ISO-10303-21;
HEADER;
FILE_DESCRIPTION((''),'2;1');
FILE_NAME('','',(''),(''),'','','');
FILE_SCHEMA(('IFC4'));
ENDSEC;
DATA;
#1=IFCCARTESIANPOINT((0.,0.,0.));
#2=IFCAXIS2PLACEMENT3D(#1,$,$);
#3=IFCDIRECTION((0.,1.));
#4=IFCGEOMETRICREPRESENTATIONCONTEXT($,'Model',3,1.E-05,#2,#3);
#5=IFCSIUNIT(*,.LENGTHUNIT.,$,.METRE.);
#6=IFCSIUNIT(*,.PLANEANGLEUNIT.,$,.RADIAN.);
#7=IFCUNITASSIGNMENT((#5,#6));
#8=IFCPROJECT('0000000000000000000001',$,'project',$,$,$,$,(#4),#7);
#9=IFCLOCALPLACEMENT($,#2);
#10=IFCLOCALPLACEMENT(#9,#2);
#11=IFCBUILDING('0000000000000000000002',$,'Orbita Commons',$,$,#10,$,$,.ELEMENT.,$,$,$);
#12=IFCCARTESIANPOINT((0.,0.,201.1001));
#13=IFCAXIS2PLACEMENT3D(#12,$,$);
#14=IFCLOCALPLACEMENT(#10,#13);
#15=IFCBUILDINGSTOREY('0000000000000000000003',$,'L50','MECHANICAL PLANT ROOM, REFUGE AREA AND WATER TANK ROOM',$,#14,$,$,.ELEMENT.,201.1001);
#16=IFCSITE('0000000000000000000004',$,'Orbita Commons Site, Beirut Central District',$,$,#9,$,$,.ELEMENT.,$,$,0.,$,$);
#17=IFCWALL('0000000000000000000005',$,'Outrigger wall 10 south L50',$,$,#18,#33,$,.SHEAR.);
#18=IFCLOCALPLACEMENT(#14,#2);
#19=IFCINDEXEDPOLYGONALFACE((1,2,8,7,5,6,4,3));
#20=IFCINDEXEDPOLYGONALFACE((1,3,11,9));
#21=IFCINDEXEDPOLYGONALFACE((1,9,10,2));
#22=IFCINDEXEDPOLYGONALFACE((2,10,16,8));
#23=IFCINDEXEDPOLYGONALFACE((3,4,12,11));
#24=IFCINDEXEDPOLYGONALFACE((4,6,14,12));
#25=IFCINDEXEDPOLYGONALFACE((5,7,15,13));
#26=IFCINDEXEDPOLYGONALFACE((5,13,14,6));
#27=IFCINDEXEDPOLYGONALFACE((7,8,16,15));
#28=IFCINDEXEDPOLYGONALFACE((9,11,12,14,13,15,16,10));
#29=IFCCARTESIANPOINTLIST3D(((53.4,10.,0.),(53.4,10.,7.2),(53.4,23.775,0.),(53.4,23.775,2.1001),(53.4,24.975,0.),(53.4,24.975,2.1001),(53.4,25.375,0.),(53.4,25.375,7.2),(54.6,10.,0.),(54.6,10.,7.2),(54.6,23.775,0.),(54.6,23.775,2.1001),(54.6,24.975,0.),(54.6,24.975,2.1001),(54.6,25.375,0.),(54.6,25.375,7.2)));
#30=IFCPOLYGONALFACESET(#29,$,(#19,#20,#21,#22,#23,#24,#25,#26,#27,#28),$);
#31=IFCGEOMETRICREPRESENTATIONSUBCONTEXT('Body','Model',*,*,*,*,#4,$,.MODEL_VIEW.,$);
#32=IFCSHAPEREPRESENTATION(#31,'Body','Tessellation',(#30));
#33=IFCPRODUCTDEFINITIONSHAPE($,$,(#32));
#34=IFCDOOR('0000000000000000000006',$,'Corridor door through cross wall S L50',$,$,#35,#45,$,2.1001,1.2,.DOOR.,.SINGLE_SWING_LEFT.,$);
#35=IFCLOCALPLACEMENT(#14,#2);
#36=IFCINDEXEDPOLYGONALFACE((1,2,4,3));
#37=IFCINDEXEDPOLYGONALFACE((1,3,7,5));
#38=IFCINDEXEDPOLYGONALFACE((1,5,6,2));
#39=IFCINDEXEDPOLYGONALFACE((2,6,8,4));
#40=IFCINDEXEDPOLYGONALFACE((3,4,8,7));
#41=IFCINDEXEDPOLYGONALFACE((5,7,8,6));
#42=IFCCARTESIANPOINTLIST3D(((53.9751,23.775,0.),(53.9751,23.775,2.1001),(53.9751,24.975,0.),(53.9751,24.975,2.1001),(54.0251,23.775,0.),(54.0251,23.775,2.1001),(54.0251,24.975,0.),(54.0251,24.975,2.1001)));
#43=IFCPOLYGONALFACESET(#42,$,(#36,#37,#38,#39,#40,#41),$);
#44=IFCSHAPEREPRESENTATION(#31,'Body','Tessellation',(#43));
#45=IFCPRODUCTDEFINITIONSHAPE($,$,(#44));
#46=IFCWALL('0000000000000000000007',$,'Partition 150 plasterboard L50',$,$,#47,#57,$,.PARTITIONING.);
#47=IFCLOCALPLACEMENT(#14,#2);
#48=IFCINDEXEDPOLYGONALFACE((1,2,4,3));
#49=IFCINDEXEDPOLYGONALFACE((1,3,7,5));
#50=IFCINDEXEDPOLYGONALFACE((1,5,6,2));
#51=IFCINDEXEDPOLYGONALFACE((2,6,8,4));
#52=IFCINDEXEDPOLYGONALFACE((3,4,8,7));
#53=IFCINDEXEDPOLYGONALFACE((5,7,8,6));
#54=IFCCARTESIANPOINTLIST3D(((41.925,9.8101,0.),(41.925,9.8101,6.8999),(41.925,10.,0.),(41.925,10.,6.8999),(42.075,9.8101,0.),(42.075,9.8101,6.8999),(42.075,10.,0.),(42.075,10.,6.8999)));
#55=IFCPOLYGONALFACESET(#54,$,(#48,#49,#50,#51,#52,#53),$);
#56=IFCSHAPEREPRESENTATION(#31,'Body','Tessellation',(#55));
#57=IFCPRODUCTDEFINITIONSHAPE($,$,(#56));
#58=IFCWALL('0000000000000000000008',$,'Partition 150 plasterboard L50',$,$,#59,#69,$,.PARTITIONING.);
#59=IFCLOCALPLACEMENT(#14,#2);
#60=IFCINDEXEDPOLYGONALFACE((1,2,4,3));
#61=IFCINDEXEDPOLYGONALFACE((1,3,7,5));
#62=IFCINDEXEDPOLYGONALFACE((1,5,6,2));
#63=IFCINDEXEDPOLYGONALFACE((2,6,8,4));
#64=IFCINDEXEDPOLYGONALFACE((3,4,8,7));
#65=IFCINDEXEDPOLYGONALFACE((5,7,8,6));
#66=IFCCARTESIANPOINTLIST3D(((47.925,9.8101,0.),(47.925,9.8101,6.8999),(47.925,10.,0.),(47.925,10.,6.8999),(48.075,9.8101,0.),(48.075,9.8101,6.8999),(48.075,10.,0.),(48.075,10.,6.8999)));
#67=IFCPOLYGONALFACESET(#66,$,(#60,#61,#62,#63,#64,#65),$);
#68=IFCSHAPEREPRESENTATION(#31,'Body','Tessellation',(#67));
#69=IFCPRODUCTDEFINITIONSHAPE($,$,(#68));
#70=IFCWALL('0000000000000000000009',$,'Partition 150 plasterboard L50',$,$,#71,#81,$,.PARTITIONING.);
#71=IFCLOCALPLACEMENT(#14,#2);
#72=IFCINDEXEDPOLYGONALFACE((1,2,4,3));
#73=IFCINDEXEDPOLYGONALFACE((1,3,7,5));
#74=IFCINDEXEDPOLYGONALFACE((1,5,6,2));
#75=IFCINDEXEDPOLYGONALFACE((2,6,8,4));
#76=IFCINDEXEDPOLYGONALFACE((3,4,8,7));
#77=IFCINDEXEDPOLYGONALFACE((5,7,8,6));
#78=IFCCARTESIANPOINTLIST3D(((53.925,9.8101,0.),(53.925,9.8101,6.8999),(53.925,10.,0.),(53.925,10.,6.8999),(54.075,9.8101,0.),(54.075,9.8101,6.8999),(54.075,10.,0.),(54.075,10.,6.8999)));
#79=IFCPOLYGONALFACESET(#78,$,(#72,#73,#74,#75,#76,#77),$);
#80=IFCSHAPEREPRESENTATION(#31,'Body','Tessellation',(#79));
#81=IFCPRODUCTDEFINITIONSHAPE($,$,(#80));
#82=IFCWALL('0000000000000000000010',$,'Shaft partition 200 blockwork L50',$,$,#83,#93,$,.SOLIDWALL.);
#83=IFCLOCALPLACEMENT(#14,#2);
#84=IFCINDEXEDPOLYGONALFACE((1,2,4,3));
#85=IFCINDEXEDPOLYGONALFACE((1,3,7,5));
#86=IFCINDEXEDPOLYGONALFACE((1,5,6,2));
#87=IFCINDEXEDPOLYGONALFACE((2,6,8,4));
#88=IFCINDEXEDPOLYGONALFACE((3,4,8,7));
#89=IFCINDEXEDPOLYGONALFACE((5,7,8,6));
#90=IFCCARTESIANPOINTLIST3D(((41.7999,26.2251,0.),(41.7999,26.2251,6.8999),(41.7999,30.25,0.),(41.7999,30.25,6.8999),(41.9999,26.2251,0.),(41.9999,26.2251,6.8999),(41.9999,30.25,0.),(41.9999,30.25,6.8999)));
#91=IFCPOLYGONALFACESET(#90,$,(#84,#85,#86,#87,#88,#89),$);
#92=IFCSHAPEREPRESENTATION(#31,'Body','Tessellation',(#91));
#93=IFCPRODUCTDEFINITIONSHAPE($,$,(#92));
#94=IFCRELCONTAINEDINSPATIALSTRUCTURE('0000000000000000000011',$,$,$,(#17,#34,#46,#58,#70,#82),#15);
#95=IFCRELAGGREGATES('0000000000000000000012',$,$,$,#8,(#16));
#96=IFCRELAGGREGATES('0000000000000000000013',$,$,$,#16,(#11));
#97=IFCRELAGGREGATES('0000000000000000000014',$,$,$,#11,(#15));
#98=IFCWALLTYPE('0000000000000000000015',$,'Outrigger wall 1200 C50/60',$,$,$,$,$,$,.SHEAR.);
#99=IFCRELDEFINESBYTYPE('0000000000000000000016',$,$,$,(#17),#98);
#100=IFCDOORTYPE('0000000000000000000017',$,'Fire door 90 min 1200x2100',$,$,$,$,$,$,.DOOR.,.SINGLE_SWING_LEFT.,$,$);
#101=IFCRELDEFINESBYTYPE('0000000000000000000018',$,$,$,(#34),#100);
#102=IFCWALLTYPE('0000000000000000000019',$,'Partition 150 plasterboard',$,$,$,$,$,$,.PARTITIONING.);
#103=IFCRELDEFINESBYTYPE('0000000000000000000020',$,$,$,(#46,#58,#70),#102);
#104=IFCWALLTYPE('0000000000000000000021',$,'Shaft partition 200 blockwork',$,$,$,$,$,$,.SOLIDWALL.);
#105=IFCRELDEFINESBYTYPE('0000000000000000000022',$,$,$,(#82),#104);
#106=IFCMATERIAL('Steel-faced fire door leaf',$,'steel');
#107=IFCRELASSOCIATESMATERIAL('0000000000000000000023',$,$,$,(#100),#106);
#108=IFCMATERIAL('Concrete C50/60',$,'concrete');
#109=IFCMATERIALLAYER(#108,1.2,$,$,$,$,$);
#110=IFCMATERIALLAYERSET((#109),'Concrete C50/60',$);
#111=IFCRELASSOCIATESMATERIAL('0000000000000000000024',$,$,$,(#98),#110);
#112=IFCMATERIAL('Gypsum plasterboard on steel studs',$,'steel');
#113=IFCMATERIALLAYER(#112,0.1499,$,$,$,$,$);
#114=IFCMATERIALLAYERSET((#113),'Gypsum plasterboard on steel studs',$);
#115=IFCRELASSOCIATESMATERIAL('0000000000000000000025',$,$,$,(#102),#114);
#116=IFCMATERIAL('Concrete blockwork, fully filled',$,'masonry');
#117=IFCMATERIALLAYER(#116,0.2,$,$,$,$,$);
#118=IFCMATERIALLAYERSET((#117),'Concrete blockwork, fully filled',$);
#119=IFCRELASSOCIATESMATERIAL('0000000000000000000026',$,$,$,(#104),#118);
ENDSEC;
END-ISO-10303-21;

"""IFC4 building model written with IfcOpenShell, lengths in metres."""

from ifc_helpers import new_model, si_unit, direction, frame, frame_2d, origin, place, context, subcontext, project, spatial, rectangle, extrude, material, layer, layer_set, type_object, element, fill, save


model = new_model("IFC4")

# Units and contexts
model_context = context("Model", 3, precision=1e-05, world=origin(), true_north=direction((0.0, 1.0)))
body_context = subcontext(model_context, "Body", "Model", "MODEL_VIEW")
ifc_project = project(units=[si_unit("LENGTHUNIT", "METRE"), si_unit("PLANEANGLEUNIT", "RADIAN")], contexts=[model_context])

# Site, building, storey
site_placement = place(None, origin())
site = spatial("IfcSite", under=ifc_project, at=site_placement, Name="Orbita Commons Site, Beirut Central District", CompositionType="ELEMENT", RefElevation=0.0)
building_placement = place(site_placement, origin())
building = spatial("IfcBuilding", under=site, at=building_placement, Name="Orbita Commons", CompositionType="ELEMENT")
storey_placement = place(building_placement, frame((0.0, 0.0, 201.1001)))
storey = spatial("IfcBuildingStorey", under=building, at=storey_placement, Name="L50", Description="MECHANICAL PLANT ROOM, REFUGE AREA AND WATER TANK ROOM", CompositionType="ELEMENT", Elevation=201.1001)

# Wall, opening, door
ifc_material_1 = material(Name="Steel-faced fire door leaf", Category="steel")
door_type = type_object("IfcDoorType", Name="Fire door 90 min 1200x2100", OperationType="SINGLE_SWING_LEFT", PredefinedType="DOOR", material=ifc_material_1)
ifc_material_2 = material(Name="Concrete C50/60", Category="concrete")
ifc_layer_1 = layer(ifc_material_2, 1.2)
ifc_layer_set_1 = layer_set([ifc_layer_1], Name="Concrete C50/60")
wall_type_1 = type_object("IfcWallType", Name="Outrigger wall 1200 C50/60", PredefinedType="SHEAR", material=ifc_layer_set_1)
wall_1_placement = place(storey_placement, frame((54.0, 10.0, 0.0), z_axis=(0.0, 0.0, 1.0), x_axis=(0.0, 1.0, 0.0)))
wall_1 = element("IfcWall", 1, at=wall_1_placement, inside=storey, type_object=wall_type_1, Name="Outrigger wall 10 south L50", PredefinedType="SHEAR", context=body_context, shape_type="SweptSolid", body=[
    extrude(rectangle(XDim=15.375, YDim=1.2, at=frame_2d((7.6875, 0.0))), origin(), (0.0, 0.0, 1.0), 7.2),
])
opening_1_placement = place(wall_1_placement, frame((13.7749, 0.0, 0.0)))
opening_1 = element("IfcOpeningElement", 2, at=opening_1_placement, cuts=wall_1, PredefinedType="OPENING", context=body_context, shape_type="SweptSolid", body=[
    extrude(rectangle(XDim=1.2, YDim=2.1001, at=frame_2d((0.6001, 1.05))), frame((0.0, 0.6099, 0.0), z_axis=(0.0, -1.0, 0.0), x_axis=(1.0, 0.0, 0.0)), (0.0, 0.0, 1.0), 1.22),
])
door_1_placement = place(opening_1_placement, origin())
door_1 = element("IfcDoor", 3, at=door_1_placement, inside=storey, type_object=door_type, Name="Corridor door through cross wall S L50", OperationType="SINGLE_SWING_LEFT", OverallHeight=2.1001, OverallWidth=1.2, PredefinedType="DOOR", context=body_context, shape_type="SweptSolid", body=[
    extrude(rectangle(XDim=1.2, YDim=2.1001, at=frame_2d((0.6001, 1.05))), frame((0.0, 0.0249, 0.0), z_axis=(0.0, -1.0, 0.0), x_axis=(1.0, 0.0, 0.0)), (0.0, 0.0, 1.0), 0.05),
])
fill(opening_1, door_1)

# Walls
ifc_material_3 = material(Name="Gypsum plasterboard on steel studs", Category="steel")
ifc_layer_2 = layer(ifc_material_3, 0.1499)
ifc_layer_set_2 = layer_set([ifc_layer_2], Name="Gypsum plasterboard on steel studs")
wall_type_2 = type_object("IfcWallType", Name="Partition 150 plasterboard", PredefinedType="PARTITIONING", material=ifc_layer_set_2)
for number, where, z_axis, x_axis, name in (
    (4, (42.0, 10.0, 0.0), (0.0, 0.0, 1.0), (0.0, -1.0, 0.0), "Partition 150 plasterboard L50"),
    (5, (48.0, 10.0, 0.0), (0.0, 0.0, 1.0), (0.0, -1.0, 0.0), "Partition 150 plasterboard L50"),
    (6, (54.0, 10.0, 0.0), (0.0, 0.0, 1.0), (0.0, -1.0, 0.0), "Partition 150 plasterboard L50"),
):
    element("IfcWall", number, at=place(storey_placement, frame(where, z_axis=z_axis, x_axis=x_axis)), inside=storey, type_object=wall_type_2, Name=name, PredefinedType="PARTITIONING", context=body_context, shape_type="SweptSolid", body=[
        extrude(rectangle(XDim=0.1899, YDim=0.1499, at=frame_2d((0.095, 0.0))), origin(), (0.0, 0.0, 1.0), 6.8999),
    ])
ifc_material_4 = material(Name="Concrete blockwork, fully filled", Category="masonry")
ifc_layer_3 = layer(ifc_material_4, 0.2)
ifc_layer_set_3 = layer_set([ifc_layer_3], Name="Concrete blockwork, fully filled")
wall_type_3 = type_object("IfcWallType", Name="Shaft partition 200 blockwork", PredefinedType="SOLIDWALL", material=ifc_layer_set_3)
wall_2_placement = place(storey_placement, frame((41.8999, 26.2251, 0.0), z_axis=(0.0, 0.0, 1.0), x_axis=(0.0, 1.0, 0.0)))
element("IfcWall", 7, at=wall_2_placement, inside=storey, type_object=wall_type_3, Name="Shaft partition 200 blockwork L50", PredefinedType="SOLIDWALL", context=body_context, shape_type="SweptSolid", body=[
    extrude(rectangle(XDim=4.0249, YDim=0.2, at=frame_2d((2.0125, 0.0))), origin(), (0.0, 0.0, 1.0), 6.8999),
])

save(model, "model.ifc")
